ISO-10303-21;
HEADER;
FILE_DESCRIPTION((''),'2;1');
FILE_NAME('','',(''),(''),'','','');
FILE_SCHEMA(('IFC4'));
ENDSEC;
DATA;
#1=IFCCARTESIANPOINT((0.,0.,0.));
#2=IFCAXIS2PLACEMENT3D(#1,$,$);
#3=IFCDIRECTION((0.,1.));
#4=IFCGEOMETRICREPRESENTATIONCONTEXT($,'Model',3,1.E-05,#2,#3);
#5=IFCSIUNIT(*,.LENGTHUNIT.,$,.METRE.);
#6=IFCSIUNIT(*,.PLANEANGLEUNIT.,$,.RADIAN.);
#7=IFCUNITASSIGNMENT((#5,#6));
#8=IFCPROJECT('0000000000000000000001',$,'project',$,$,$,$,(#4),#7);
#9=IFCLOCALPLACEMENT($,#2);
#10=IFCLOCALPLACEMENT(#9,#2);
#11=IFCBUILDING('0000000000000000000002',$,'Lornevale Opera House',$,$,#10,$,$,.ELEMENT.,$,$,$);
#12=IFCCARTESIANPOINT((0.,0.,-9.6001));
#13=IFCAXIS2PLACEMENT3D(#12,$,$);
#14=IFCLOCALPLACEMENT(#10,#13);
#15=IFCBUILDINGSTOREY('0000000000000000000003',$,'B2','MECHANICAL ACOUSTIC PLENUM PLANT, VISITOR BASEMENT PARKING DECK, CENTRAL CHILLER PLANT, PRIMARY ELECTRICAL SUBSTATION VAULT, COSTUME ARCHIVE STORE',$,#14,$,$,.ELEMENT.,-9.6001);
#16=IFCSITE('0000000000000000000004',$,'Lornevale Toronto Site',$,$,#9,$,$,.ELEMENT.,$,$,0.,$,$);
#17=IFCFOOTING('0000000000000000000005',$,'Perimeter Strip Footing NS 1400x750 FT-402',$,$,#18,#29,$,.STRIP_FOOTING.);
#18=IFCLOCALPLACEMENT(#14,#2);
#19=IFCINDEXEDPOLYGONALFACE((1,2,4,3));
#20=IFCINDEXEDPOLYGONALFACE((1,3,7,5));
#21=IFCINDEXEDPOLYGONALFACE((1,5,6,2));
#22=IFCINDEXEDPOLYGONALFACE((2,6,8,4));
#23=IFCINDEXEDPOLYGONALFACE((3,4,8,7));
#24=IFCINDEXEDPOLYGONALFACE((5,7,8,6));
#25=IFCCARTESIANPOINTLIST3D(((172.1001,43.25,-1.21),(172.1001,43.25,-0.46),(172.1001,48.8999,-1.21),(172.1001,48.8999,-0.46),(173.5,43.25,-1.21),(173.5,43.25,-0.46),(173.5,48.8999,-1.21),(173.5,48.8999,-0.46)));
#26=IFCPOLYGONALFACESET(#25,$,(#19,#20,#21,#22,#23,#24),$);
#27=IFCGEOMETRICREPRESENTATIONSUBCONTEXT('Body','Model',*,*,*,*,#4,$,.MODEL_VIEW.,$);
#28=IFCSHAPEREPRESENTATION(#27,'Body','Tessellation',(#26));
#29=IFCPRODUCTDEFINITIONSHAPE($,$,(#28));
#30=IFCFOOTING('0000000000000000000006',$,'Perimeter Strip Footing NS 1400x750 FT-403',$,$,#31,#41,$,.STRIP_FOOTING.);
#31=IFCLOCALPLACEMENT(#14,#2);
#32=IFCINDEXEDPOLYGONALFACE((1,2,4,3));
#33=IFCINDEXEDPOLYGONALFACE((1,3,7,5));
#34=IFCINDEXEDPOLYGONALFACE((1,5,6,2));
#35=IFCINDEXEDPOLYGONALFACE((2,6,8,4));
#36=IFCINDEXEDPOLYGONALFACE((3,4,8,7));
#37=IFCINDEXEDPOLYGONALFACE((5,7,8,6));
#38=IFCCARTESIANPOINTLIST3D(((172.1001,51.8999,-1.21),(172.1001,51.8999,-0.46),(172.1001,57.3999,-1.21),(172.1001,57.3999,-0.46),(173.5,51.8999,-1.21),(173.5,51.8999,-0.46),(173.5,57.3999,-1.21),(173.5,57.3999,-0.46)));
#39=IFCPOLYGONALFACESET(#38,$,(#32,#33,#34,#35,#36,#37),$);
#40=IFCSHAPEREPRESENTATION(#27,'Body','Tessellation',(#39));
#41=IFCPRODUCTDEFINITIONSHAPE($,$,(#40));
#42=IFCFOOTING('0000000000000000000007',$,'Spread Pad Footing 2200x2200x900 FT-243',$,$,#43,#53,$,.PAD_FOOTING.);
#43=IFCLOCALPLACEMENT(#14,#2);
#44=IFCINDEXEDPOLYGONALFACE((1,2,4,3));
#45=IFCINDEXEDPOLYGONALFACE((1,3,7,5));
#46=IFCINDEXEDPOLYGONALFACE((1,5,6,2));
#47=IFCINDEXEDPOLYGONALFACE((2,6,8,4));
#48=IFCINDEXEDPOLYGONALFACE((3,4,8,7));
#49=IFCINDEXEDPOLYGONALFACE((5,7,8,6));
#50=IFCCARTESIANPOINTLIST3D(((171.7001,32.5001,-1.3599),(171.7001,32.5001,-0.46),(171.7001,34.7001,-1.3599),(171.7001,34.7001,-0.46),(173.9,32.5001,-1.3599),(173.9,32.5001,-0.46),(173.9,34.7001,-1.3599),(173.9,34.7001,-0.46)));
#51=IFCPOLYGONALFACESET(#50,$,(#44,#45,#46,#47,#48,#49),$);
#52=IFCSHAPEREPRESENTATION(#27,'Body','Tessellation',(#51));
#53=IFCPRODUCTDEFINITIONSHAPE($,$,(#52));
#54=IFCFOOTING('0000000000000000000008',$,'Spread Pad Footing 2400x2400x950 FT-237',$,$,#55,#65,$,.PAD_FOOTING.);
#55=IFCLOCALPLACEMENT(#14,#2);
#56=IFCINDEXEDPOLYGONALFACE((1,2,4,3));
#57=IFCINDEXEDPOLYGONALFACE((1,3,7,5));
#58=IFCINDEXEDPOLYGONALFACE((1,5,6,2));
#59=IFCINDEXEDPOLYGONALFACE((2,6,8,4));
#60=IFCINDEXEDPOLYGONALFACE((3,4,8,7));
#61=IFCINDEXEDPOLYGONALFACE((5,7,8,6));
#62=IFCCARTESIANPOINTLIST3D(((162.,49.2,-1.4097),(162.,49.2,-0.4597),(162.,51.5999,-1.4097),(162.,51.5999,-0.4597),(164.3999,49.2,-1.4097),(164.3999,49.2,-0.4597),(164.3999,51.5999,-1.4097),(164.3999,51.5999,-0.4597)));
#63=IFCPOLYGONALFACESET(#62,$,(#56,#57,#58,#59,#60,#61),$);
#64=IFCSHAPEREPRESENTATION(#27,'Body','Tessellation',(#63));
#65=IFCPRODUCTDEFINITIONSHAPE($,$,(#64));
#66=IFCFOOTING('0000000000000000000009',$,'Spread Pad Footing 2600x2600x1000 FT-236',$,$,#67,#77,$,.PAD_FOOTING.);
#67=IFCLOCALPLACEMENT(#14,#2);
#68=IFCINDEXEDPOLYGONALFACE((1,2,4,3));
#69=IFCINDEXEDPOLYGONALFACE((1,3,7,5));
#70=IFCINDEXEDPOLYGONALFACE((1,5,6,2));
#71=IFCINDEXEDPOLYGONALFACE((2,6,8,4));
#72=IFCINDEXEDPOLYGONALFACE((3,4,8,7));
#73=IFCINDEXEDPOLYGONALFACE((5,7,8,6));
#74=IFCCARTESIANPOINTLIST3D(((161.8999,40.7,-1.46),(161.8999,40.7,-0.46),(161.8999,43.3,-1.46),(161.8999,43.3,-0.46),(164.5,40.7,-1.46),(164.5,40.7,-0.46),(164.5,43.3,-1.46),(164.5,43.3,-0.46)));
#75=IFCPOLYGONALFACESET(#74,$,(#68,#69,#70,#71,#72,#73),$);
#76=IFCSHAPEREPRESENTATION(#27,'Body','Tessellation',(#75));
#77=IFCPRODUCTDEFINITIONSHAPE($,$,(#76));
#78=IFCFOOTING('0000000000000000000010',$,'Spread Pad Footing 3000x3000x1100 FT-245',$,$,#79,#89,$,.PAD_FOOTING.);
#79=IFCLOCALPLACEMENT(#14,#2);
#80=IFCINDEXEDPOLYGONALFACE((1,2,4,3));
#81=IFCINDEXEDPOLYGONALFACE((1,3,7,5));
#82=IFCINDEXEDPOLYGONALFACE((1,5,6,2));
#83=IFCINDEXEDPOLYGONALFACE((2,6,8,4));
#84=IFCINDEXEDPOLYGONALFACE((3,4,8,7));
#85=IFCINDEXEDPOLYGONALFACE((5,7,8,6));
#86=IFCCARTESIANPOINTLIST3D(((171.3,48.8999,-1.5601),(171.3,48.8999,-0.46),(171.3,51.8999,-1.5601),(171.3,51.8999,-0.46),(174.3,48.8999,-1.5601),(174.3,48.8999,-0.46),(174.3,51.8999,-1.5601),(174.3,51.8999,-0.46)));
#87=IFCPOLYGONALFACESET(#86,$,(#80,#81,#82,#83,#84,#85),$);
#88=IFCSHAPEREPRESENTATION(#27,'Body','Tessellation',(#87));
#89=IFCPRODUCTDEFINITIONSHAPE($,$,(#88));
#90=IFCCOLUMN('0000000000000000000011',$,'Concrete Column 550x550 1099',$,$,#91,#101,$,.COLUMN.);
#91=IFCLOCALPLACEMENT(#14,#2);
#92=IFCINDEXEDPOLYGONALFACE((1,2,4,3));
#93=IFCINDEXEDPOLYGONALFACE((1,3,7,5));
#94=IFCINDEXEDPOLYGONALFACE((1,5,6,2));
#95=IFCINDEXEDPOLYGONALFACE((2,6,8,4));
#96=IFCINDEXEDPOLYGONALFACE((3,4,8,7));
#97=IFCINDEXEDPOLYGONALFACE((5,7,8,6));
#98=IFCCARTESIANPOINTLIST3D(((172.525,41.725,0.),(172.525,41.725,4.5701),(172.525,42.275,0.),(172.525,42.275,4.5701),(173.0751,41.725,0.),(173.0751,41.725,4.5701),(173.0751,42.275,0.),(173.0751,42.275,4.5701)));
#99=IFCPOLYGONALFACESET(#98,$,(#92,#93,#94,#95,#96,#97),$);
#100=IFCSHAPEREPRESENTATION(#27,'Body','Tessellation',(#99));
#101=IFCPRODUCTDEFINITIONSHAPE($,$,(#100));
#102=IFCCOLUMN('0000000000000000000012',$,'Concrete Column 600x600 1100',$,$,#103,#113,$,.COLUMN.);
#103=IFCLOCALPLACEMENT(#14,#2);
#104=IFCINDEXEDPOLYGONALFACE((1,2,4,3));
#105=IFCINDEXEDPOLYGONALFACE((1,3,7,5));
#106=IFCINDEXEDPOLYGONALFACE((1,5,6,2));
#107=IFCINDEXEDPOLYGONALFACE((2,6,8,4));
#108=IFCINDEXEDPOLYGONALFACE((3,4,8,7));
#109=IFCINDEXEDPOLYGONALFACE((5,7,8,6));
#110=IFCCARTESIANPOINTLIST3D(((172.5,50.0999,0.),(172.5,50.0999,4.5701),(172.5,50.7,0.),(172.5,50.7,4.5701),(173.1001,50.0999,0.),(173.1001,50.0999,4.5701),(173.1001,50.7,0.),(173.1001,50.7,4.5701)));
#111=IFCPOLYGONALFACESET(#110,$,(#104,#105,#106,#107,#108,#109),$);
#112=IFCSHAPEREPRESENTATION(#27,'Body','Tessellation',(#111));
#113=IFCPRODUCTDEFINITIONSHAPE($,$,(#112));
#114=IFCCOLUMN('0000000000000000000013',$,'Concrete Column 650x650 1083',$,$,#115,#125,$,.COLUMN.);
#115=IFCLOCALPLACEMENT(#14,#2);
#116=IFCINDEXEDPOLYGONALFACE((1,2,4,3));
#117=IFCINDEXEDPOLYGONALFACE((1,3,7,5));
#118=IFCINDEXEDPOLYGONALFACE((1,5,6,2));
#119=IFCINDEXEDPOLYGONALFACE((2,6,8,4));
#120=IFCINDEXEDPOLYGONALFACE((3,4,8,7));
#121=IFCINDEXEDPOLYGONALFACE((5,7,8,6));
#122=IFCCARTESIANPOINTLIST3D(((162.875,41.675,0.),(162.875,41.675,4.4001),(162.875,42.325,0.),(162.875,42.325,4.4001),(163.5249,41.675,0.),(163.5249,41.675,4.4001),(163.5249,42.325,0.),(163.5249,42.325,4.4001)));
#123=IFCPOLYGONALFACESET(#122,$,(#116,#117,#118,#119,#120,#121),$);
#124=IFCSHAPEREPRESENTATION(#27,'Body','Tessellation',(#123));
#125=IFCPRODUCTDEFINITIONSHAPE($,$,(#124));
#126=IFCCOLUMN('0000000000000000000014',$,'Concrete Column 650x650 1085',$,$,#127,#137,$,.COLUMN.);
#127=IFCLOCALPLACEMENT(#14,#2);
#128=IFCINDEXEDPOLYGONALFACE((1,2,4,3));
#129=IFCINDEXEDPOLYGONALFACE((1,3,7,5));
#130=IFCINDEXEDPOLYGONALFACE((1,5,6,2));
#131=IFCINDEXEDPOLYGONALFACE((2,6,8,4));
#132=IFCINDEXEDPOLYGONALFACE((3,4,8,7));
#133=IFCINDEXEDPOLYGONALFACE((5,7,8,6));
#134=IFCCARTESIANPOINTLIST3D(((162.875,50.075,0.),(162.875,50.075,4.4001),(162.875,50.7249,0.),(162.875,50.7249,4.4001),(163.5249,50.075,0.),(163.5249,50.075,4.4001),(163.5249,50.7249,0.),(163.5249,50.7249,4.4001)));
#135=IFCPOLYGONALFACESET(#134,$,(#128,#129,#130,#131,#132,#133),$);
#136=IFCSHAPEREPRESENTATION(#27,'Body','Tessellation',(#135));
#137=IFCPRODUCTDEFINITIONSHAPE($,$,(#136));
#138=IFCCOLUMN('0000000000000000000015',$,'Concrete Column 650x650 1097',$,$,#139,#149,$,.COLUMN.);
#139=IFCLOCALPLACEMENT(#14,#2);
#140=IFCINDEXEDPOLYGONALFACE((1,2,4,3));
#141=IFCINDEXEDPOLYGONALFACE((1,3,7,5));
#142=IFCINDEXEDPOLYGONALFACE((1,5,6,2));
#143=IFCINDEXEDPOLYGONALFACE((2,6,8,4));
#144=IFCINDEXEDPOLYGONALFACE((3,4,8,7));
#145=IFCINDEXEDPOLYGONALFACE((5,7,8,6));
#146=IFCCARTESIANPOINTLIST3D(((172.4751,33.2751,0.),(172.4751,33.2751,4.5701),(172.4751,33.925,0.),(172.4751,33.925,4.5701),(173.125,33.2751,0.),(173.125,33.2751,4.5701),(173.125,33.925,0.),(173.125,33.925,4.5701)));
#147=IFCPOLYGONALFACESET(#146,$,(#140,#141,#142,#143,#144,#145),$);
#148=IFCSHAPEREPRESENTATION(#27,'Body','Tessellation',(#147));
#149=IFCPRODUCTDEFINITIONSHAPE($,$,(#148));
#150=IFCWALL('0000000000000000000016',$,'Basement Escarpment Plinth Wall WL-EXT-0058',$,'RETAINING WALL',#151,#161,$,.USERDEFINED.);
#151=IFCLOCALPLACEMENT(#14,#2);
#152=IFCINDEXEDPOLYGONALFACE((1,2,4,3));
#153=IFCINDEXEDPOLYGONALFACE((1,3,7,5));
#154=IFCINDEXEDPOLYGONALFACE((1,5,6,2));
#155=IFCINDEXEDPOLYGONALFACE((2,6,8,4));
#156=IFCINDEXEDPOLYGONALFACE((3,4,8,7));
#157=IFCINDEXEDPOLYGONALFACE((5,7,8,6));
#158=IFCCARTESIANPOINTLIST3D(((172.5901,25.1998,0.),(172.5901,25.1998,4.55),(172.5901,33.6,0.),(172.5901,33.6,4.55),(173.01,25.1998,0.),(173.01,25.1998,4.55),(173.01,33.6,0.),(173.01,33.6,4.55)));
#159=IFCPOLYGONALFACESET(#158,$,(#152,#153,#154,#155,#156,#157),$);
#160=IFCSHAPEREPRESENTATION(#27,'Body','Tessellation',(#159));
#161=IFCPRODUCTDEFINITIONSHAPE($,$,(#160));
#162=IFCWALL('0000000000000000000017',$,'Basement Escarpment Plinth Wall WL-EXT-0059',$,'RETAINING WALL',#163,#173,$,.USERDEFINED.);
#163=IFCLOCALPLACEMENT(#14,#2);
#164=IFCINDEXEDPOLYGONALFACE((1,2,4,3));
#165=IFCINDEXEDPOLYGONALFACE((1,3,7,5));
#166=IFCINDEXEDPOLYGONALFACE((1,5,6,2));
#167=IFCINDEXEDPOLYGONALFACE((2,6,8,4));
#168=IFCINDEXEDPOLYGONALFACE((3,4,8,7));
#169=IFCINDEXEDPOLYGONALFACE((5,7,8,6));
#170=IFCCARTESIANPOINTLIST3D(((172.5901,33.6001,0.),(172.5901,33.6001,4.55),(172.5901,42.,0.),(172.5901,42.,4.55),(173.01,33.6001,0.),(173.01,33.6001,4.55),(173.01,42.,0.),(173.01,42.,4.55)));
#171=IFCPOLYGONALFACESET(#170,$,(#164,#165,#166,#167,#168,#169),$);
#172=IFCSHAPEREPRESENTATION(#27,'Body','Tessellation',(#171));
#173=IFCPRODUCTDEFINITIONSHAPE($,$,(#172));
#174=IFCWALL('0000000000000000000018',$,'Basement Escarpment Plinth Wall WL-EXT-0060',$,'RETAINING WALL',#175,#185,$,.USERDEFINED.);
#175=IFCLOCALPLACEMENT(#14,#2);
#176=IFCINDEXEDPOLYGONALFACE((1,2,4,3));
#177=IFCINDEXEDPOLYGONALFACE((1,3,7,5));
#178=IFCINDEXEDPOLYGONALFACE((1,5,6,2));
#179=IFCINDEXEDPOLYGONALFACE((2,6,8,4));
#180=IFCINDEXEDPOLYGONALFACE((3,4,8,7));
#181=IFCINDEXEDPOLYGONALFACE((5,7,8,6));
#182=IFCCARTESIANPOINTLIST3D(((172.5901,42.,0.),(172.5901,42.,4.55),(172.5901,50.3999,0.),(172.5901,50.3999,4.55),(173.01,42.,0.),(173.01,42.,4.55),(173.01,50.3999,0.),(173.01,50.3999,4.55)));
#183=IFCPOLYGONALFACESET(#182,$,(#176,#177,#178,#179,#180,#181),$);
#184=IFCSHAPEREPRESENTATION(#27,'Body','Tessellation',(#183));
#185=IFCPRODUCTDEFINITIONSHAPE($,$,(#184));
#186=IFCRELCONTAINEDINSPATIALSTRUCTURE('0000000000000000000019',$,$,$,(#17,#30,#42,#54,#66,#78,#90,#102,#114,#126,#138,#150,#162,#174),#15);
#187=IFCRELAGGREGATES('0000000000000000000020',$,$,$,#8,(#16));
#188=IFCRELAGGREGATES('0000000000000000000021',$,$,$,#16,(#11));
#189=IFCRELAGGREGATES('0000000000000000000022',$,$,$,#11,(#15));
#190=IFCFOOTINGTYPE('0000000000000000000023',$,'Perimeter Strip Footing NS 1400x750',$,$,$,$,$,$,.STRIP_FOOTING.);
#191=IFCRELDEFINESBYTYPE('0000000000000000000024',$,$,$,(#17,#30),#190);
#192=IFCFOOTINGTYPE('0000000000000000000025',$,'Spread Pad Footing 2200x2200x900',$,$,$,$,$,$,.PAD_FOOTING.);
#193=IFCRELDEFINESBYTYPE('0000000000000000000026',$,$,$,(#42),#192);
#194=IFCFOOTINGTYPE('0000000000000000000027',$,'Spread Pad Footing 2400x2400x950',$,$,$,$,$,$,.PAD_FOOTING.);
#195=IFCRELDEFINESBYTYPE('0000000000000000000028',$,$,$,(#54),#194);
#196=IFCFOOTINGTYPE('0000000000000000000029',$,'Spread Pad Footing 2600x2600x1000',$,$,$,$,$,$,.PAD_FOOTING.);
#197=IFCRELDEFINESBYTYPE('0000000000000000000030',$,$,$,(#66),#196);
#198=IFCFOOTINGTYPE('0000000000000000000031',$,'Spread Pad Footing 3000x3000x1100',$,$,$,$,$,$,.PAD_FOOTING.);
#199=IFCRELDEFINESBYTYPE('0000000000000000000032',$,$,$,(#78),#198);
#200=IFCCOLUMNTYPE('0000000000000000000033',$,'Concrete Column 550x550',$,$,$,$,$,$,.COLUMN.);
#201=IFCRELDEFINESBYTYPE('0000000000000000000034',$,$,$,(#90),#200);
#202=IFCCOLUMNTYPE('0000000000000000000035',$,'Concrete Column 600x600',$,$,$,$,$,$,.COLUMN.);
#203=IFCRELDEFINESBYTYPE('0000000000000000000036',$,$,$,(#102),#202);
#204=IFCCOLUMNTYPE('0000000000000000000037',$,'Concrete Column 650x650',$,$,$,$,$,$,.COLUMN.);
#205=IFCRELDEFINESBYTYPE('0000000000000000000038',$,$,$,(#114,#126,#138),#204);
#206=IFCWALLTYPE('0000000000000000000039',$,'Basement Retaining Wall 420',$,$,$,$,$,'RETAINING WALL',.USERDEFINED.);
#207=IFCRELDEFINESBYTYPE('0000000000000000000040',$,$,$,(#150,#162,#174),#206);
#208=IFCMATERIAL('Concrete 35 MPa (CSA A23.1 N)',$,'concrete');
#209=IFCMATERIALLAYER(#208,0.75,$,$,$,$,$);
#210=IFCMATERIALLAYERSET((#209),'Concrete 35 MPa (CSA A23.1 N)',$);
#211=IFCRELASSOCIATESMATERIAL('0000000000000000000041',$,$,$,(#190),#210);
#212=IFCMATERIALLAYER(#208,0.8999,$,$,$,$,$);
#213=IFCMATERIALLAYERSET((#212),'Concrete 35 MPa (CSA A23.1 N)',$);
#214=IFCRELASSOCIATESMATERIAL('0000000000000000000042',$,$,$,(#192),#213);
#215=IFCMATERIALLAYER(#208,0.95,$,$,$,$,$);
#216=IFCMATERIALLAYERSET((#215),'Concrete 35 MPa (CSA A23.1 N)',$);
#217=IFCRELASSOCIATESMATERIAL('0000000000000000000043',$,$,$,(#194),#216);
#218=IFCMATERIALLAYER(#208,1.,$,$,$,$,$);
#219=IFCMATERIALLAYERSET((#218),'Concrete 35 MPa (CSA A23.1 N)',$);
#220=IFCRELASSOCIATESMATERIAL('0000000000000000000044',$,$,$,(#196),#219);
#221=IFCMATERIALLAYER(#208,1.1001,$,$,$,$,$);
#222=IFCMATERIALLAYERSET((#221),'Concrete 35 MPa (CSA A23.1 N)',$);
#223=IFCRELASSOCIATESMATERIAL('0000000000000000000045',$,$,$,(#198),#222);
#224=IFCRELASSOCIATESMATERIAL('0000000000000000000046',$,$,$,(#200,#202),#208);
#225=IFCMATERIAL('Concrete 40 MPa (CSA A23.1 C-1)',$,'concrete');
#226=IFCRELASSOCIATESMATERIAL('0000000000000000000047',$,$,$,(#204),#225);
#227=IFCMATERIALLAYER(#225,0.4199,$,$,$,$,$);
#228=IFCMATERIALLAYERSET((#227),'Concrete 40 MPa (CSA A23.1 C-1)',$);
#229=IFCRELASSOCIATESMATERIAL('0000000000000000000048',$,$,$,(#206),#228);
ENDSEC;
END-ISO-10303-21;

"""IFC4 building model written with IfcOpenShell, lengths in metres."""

from ifc_helpers import new_model, si_unit, direction, frame, frame_2d, origin, origin_2d, place, context, subcontext, project, spatial, rectangle, extrude, material, layer, layer_set, material_profile, profile_set, type_object, element, save


model = new_model("IFC4")

# Units and contexts
model_context = context("Model", 3, precision=1e-05, world=origin(), true_north=direction((0.0, 1.0)))
body_context = subcontext(model_context, "Body", "Model", "MODEL_VIEW")
ifc_project = project(units=[si_unit("LENGTHUNIT", "METRE"), si_unit("PLANEANGLEUNIT", "RADIAN")], contexts=[model_context])

# Site, building, storey
site_placement = place(None, origin())
site = spatial("IfcSite", under=ifc_project, at=site_placement, Name="Lornevale Toronto Site", CompositionType="ELEMENT", RefElevation=0.0)
building_placement = place(site_placement, origin())
building = spatial("IfcBuilding", under=site, at=building_placement, Name="Lornevale Opera House", CompositionType="ELEMENT")
storey_placement = place(building_placement, frame((0.0, 0.0, -9.6001)))
storey = spatial("IfcBuildingStorey", under=building, at=storey_placement, Name="B2", Description="MECHANICAL ACOUSTIC PLENUM PLANT, VISITOR BASEMENT PARKING DECK, CENTRAL CHILLER PLANT, PRIMARY ELECTRICAL SUBSTATION VAULT, COSTUME ARCHIVE STORE", CompositionType="ELEMENT", Elevation=-9.6001)

# Shared definitions
ifc_material_1 = material(Name="Concrete 35 MPa (CSA A23.1 N)", Category="concrete")

# Shared definitions
ifc_material_2 = material(Name="Concrete 40 MPa (CSA A23.1 C-1)", Category="concrete")

# Footings
ifc_layer_1 = layer(ifc_material_1, 0.75)
ifc_layer_set_1 = layer_set([ifc_layer_1], Name="Concrete 35 MPa (CSA A23.1 N)")
footing_type_1 = type_object("IfcFootingType", Name="Perimeter Strip Footing NS 1400x750", PredefinedType="STRIP_FOOTING", material=ifc_layer_set_1)
footing_1_placement = place(storey_placement, frame((172.8, 46.075, -1.21), z_axis=(0.0, 0.0, 1.0), x_axis=(1.0, 0.0, 0.0)))
element("IfcFooting", 1, at=footing_1_placement, inside=storey, type_object=footing_type_1, Name="Perimeter Strip Footing NS 1400x750 FT-402", PredefinedType="STRIP_FOOTING", context=body_context, shape_type="SweptSolid", body=[
    extrude(rectangle(XDim=1.3999, YDim=5.6499, at=origin_2d()), origin(), (0.0, 0.0, 1.0), 0.75),
])
footing_2_placement = place(storey_placement, frame((172.8, 54.6499, -1.21), z_axis=(0.0, 0.0, 1.0), x_axis=(1.0, 0.0, 0.0)))
element("IfcFooting", 2, at=footing_2_placement, inside=storey, type_object=footing_type_1, Name="Perimeter Strip Footing NS 1400x750 FT-403", PredefinedType="STRIP_FOOTING", context=body_context, shape_type="SweptSolid", body=[
    extrude(rectangle(XDim=1.3999, YDim=5.5, at=origin_2d()), origin(), (0.0, 0.0, 1.0), 0.75),
])
ifc_layer_2 = layer(ifc_material_1, 0.8999)
ifc_layer_set_2 = layer_set([ifc_layer_2], Name="Concrete 35 MPa (CSA A23.1 N)")
footing_type_2 = type_object("IfcFootingType", Name="Spread Pad Footing 2200x2200x900", PredefinedType="PAD_FOOTING", material=ifc_layer_set_2)
footing_3_placement = place(storey_placement, frame((172.8, 33.6001, -1.3599), z_axis=(0.0, 0.0, 1.0), x_axis=(1.0, 0.0, 0.0)))
element("IfcFooting", 3, at=footing_3_placement, inside=storey, type_object=footing_type_2, Name="Spread Pad Footing 2200x2200x900 FT-243", PredefinedType="PAD_FOOTING", context=body_context, shape_type="SweptSolid", body=[
    extrude(rectangle(XDim=2.2, YDim=2.2, at=origin_2d()), origin(), (0.0, 0.0, 1.0), 0.8999),
])
ifc_layer_3 = layer(ifc_material_1, 0.95)
ifc_layer_set_3 = layer_set([ifc_layer_3], Name="Concrete 35 MPa (CSA A23.1 N)")
footing_type_3 = type_object("IfcFootingType", Name="Spread Pad Footing 2400x2400x950", PredefinedType="PAD_FOOTING", material=ifc_layer_set_3)
footing_4_placement = place(storey_placement, frame((163.2, 50.3999, -1.4097), z_axis=(0.0, 0.0, 1.0), x_axis=(1.0, 0.0, 0.0)))
element("IfcFooting", 4, at=footing_4_placement, inside=storey, type_object=footing_type_3, Name="Spread Pad Footing 2400x2400x950 FT-237", PredefinedType="PAD_FOOTING", context=body_context, shape_type="SweptSolid", body=[
    extrude(rectangle(XDim=2.3999, YDim=2.3999, at=origin_2d()), origin(), (0.0, 0.0, 1.0), 0.95),
])
ifc_layer_4 = layer(ifc_material_1, 1.0)
ifc_layer_set_4 = layer_set([ifc_layer_4], Name="Concrete 35 MPa (CSA A23.1 N)")
footing_type_4 = type_object("IfcFootingType", Name="Spread Pad Footing 2600x2600x1000", PredefinedType="PAD_FOOTING", material=ifc_layer_set_4)
footing_5_placement = place(storey_placement, frame((163.2, 42.0, -1.46), z_axis=(0.0, 0.0, 1.0), x_axis=(1.0, 0.0, 0.0)))
element("IfcFooting", 5, at=footing_5_placement, inside=storey, type_object=footing_type_4, Name="Spread Pad Footing 2600x2600x1000 FT-236", PredefinedType="PAD_FOOTING", context=body_context, shape_type="SweptSolid", body=[
    extrude(rectangle(XDim=2.6001, YDim=2.6001, at=origin_2d()), origin(), (0.0, 0.0, 1.0), 1.0),
])
ifc_layer_5 = layer(ifc_material_1, 1.1001)
ifc_layer_set_5 = layer_set([ifc_layer_5], Name="Concrete 35 MPa (CSA A23.1 N)")
footing_type_5 = type_object("IfcFootingType", Name="Spread Pad Footing 3000x3000x1100", PredefinedType="PAD_FOOTING", material=ifc_layer_set_5)
footing_6_placement = place(storey_placement, frame((172.8, 50.3999, -1.5601), z_axis=(0.0, 0.0, 1.0), x_axis=(1.0, 0.0, 0.0)))
element("IfcFooting", 6, at=footing_6_placement, inside=storey, type_object=footing_type_5, Name="Spread Pad Footing 3000x3000x1100 FT-245", PredefinedType="PAD_FOOTING", context=body_context, shape_type="SweptSolid", body=[
    extrude(rectangle(XDim=3.0, YDim=3.0, at=origin_2d()), origin(), (0.0, 0.0, 1.0), 1.1001),
])

# Columns
ifc_material_profile_1 = material_profile(ifc_material_1, rectangle(XDim=0.55, YDim=0.55, at=origin_2d()), Name="RC550x550")
ifc_profile_set_1 = profile_set([ifc_material_profile_1], Name="Concrete 35 MPa (CSA A23.1 N)")
column_type_1 = type_object("IfcColumnType", Name="Concrete Column 550x550", PredefinedType="COLUMN", material=ifc_profile_set_1)
column_1_placement = place(storey_placement, frame((172.8, 42.0, 0.0), z_axis=(0.0, 0.0, 1.0), x_axis=(1.0, 0.0, 0.0)))
element("IfcColumn", 7, at=column_1_placement, inside=storey, type_object=column_type_1, Name="Concrete Column 550x550 1099", PredefinedType="COLUMN", context=body_context, shape_type="SweptSolid", body=[
    extrude(rectangle(XDim=0.55, YDim=0.55, at=origin_2d()), origin(), (0.0, 0.0, 1.0), 4.5701),
])
ifc_material_profile_2 = material_profile(ifc_material_1, rectangle(XDim=0.6001, YDim=0.6001, at=origin_2d()), Name="RC600x600")
ifc_profile_set_2 = profile_set([ifc_material_profile_2], Name="Concrete 35 MPa (CSA A23.1 N)")
column_type_2 = type_object("IfcColumnType", Name="Concrete Column 600x600", PredefinedType="COLUMN", material=ifc_profile_set_2)
column_2_placement = place(storey_placement, frame((172.8, 50.3999, 0.0), z_axis=(0.0, 0.0, 1.0), x_axis=(1.0, 0.0, 0.0)))
element("IfcColumn", 8, at=column_2_placement, inside=storey, type_object=column_type_2, Name="Concrete Column 600x600 1100", PredefinedType="COLUMN", context=body_context, shape_type="SweptSolid", body=[
    extrude(rectangle(XDim=0.6001, YDim=0.6001, at=origin_2d()), origin(), (0.0, 0.0, 1.0), 4.5701),
])
ifc_material_profile_3 = material_profile(ifc_material_2, rectangle(XDim=0.6499, YDim=0.6499, at=origin_2d()), Name="RC650x650")
ifc_profile_set_3 = profile_set([ifc_material_profile_3], Name="Concrete 40 MPa (CSA A23.1 C-1)")
column_type_3 = type_object("IfcColumnType", Name="Concrete Column 650x650", PredefinedType="COLUMN", material=ifc_profile_set_3)
for number, where, z_axis, x_axis, name in (
    (9, (163.2, 42.0, 0.0), (0.0, 0.0, 1.0), (1.0, 0.0, 0.0), "Concrete Column 650x650 1083"),
    (10, (163.2, 50.3999, 0.0), (0.0, 0.0, 1.0), (1.0, 0.0, 0.0), "Concrete Column 650x650 1085"),
):
    element("IfcColumn", number, at=place(storey_placement, frame(where, z_axis=z_axis, x_axis=x_axis)), inside=storey, type_object=column_type_3, Name=name, PredefinedType="COLUMN", context=body_context, shape_type="SweptSolid", body=[
        extrude(rectangle(XDim=0.6499, YDim=0.6499, at=origin_2d()), origin(), (0.0, 0.0, 1.0), 4.4001),
    ])
column_3_placement = place(storey_placement, frame((172.8, 33.6001, 0.0), z_axis=(0.0, 0.0, 1.0), x_axis=(1.0, 0.0, 0.0)))
element("IfcColumn", 11, at=column_3_placement, inside=storey, type_object=column_type_3, Name="Concrete Column 650x650 1097", PredefinedType="COLUMN", context=body_context, shape_type="SweptSolid", body=[
    extrude(rectangle(XDim=0.6499, YDim=0.6499, at=origin_2d()), origin(), (0.0, 0.0, 1.0), 4.5701),
])

# Walls
ifc_layer_6 = layer(ifc_material_2, 0.4199)
ifc_layer_set_6 = layer_set([ifc_layer_6], Name="Concrete 40 MPa (CSA A23.1 C-1)")
wall_type = type_object("IfcWallType", Name="Basement Retaining Wall 420", ElementType="RETAINING WALL", PredefinedType="USERDEFINED", material=ifc_layer_set_6)
wall_placement = place(storey_placement, frame((172.8, 33.6001, 0.0), z_axis=(0.0, 0.0, 1.0), x_axis=(0.0, -1.0, 0.0)))
element("IfcWall", 12, at=wall_placement, inside=storey, type_object=wall_type, Name="Basement Escarpment Plinth Wall WL-EXT-0058", ObjectType="RETAINING WALL", PredefinedType="USERDEFINED", context=body_context, shape_type="SweptSolid", body=[
    extrude(rectangle(XDim=8.4001, YDim=0.4199, at=frame_2d((4.2002, 0.0))), origin(), (0.0, 0.0, 1.0), 4.55),
])
for number, where, z_axis, x_axis, name in (
    (13, (172.8, 42.0, 0.0), (0.0, 0.0, 1.0), (0.0, -1.0, 0.0), "Basement Escarpment Plinth Wall WL-EXT-0059"),
    (14, (172.8, 50.3999, 0.0), (0.0, 0.0, 1.0), (0.0, -1.0, 0.0), "Basement Escarpment Plinth Wall WL-EXT-0060"),
):
    element("IfcWall", number, at=place(storey_placement, frame(where, z_axis=z_axis, x_axis=x_axis)), inside=storey, type_object=wall_type, Name=name, ObjectType="RETAINING WALL", PredefinedType="USERDEFINED", context=body_context, shape_type="SweptSolid", body=[
        extrude(rectangle(XDim=8.3999, YDim=0.4199, at=frame_2d((4.2, 0.0))), origin(), (0.0, 0.0, 1.0), 4.55),
    ])

save(model, "model.ifc")
